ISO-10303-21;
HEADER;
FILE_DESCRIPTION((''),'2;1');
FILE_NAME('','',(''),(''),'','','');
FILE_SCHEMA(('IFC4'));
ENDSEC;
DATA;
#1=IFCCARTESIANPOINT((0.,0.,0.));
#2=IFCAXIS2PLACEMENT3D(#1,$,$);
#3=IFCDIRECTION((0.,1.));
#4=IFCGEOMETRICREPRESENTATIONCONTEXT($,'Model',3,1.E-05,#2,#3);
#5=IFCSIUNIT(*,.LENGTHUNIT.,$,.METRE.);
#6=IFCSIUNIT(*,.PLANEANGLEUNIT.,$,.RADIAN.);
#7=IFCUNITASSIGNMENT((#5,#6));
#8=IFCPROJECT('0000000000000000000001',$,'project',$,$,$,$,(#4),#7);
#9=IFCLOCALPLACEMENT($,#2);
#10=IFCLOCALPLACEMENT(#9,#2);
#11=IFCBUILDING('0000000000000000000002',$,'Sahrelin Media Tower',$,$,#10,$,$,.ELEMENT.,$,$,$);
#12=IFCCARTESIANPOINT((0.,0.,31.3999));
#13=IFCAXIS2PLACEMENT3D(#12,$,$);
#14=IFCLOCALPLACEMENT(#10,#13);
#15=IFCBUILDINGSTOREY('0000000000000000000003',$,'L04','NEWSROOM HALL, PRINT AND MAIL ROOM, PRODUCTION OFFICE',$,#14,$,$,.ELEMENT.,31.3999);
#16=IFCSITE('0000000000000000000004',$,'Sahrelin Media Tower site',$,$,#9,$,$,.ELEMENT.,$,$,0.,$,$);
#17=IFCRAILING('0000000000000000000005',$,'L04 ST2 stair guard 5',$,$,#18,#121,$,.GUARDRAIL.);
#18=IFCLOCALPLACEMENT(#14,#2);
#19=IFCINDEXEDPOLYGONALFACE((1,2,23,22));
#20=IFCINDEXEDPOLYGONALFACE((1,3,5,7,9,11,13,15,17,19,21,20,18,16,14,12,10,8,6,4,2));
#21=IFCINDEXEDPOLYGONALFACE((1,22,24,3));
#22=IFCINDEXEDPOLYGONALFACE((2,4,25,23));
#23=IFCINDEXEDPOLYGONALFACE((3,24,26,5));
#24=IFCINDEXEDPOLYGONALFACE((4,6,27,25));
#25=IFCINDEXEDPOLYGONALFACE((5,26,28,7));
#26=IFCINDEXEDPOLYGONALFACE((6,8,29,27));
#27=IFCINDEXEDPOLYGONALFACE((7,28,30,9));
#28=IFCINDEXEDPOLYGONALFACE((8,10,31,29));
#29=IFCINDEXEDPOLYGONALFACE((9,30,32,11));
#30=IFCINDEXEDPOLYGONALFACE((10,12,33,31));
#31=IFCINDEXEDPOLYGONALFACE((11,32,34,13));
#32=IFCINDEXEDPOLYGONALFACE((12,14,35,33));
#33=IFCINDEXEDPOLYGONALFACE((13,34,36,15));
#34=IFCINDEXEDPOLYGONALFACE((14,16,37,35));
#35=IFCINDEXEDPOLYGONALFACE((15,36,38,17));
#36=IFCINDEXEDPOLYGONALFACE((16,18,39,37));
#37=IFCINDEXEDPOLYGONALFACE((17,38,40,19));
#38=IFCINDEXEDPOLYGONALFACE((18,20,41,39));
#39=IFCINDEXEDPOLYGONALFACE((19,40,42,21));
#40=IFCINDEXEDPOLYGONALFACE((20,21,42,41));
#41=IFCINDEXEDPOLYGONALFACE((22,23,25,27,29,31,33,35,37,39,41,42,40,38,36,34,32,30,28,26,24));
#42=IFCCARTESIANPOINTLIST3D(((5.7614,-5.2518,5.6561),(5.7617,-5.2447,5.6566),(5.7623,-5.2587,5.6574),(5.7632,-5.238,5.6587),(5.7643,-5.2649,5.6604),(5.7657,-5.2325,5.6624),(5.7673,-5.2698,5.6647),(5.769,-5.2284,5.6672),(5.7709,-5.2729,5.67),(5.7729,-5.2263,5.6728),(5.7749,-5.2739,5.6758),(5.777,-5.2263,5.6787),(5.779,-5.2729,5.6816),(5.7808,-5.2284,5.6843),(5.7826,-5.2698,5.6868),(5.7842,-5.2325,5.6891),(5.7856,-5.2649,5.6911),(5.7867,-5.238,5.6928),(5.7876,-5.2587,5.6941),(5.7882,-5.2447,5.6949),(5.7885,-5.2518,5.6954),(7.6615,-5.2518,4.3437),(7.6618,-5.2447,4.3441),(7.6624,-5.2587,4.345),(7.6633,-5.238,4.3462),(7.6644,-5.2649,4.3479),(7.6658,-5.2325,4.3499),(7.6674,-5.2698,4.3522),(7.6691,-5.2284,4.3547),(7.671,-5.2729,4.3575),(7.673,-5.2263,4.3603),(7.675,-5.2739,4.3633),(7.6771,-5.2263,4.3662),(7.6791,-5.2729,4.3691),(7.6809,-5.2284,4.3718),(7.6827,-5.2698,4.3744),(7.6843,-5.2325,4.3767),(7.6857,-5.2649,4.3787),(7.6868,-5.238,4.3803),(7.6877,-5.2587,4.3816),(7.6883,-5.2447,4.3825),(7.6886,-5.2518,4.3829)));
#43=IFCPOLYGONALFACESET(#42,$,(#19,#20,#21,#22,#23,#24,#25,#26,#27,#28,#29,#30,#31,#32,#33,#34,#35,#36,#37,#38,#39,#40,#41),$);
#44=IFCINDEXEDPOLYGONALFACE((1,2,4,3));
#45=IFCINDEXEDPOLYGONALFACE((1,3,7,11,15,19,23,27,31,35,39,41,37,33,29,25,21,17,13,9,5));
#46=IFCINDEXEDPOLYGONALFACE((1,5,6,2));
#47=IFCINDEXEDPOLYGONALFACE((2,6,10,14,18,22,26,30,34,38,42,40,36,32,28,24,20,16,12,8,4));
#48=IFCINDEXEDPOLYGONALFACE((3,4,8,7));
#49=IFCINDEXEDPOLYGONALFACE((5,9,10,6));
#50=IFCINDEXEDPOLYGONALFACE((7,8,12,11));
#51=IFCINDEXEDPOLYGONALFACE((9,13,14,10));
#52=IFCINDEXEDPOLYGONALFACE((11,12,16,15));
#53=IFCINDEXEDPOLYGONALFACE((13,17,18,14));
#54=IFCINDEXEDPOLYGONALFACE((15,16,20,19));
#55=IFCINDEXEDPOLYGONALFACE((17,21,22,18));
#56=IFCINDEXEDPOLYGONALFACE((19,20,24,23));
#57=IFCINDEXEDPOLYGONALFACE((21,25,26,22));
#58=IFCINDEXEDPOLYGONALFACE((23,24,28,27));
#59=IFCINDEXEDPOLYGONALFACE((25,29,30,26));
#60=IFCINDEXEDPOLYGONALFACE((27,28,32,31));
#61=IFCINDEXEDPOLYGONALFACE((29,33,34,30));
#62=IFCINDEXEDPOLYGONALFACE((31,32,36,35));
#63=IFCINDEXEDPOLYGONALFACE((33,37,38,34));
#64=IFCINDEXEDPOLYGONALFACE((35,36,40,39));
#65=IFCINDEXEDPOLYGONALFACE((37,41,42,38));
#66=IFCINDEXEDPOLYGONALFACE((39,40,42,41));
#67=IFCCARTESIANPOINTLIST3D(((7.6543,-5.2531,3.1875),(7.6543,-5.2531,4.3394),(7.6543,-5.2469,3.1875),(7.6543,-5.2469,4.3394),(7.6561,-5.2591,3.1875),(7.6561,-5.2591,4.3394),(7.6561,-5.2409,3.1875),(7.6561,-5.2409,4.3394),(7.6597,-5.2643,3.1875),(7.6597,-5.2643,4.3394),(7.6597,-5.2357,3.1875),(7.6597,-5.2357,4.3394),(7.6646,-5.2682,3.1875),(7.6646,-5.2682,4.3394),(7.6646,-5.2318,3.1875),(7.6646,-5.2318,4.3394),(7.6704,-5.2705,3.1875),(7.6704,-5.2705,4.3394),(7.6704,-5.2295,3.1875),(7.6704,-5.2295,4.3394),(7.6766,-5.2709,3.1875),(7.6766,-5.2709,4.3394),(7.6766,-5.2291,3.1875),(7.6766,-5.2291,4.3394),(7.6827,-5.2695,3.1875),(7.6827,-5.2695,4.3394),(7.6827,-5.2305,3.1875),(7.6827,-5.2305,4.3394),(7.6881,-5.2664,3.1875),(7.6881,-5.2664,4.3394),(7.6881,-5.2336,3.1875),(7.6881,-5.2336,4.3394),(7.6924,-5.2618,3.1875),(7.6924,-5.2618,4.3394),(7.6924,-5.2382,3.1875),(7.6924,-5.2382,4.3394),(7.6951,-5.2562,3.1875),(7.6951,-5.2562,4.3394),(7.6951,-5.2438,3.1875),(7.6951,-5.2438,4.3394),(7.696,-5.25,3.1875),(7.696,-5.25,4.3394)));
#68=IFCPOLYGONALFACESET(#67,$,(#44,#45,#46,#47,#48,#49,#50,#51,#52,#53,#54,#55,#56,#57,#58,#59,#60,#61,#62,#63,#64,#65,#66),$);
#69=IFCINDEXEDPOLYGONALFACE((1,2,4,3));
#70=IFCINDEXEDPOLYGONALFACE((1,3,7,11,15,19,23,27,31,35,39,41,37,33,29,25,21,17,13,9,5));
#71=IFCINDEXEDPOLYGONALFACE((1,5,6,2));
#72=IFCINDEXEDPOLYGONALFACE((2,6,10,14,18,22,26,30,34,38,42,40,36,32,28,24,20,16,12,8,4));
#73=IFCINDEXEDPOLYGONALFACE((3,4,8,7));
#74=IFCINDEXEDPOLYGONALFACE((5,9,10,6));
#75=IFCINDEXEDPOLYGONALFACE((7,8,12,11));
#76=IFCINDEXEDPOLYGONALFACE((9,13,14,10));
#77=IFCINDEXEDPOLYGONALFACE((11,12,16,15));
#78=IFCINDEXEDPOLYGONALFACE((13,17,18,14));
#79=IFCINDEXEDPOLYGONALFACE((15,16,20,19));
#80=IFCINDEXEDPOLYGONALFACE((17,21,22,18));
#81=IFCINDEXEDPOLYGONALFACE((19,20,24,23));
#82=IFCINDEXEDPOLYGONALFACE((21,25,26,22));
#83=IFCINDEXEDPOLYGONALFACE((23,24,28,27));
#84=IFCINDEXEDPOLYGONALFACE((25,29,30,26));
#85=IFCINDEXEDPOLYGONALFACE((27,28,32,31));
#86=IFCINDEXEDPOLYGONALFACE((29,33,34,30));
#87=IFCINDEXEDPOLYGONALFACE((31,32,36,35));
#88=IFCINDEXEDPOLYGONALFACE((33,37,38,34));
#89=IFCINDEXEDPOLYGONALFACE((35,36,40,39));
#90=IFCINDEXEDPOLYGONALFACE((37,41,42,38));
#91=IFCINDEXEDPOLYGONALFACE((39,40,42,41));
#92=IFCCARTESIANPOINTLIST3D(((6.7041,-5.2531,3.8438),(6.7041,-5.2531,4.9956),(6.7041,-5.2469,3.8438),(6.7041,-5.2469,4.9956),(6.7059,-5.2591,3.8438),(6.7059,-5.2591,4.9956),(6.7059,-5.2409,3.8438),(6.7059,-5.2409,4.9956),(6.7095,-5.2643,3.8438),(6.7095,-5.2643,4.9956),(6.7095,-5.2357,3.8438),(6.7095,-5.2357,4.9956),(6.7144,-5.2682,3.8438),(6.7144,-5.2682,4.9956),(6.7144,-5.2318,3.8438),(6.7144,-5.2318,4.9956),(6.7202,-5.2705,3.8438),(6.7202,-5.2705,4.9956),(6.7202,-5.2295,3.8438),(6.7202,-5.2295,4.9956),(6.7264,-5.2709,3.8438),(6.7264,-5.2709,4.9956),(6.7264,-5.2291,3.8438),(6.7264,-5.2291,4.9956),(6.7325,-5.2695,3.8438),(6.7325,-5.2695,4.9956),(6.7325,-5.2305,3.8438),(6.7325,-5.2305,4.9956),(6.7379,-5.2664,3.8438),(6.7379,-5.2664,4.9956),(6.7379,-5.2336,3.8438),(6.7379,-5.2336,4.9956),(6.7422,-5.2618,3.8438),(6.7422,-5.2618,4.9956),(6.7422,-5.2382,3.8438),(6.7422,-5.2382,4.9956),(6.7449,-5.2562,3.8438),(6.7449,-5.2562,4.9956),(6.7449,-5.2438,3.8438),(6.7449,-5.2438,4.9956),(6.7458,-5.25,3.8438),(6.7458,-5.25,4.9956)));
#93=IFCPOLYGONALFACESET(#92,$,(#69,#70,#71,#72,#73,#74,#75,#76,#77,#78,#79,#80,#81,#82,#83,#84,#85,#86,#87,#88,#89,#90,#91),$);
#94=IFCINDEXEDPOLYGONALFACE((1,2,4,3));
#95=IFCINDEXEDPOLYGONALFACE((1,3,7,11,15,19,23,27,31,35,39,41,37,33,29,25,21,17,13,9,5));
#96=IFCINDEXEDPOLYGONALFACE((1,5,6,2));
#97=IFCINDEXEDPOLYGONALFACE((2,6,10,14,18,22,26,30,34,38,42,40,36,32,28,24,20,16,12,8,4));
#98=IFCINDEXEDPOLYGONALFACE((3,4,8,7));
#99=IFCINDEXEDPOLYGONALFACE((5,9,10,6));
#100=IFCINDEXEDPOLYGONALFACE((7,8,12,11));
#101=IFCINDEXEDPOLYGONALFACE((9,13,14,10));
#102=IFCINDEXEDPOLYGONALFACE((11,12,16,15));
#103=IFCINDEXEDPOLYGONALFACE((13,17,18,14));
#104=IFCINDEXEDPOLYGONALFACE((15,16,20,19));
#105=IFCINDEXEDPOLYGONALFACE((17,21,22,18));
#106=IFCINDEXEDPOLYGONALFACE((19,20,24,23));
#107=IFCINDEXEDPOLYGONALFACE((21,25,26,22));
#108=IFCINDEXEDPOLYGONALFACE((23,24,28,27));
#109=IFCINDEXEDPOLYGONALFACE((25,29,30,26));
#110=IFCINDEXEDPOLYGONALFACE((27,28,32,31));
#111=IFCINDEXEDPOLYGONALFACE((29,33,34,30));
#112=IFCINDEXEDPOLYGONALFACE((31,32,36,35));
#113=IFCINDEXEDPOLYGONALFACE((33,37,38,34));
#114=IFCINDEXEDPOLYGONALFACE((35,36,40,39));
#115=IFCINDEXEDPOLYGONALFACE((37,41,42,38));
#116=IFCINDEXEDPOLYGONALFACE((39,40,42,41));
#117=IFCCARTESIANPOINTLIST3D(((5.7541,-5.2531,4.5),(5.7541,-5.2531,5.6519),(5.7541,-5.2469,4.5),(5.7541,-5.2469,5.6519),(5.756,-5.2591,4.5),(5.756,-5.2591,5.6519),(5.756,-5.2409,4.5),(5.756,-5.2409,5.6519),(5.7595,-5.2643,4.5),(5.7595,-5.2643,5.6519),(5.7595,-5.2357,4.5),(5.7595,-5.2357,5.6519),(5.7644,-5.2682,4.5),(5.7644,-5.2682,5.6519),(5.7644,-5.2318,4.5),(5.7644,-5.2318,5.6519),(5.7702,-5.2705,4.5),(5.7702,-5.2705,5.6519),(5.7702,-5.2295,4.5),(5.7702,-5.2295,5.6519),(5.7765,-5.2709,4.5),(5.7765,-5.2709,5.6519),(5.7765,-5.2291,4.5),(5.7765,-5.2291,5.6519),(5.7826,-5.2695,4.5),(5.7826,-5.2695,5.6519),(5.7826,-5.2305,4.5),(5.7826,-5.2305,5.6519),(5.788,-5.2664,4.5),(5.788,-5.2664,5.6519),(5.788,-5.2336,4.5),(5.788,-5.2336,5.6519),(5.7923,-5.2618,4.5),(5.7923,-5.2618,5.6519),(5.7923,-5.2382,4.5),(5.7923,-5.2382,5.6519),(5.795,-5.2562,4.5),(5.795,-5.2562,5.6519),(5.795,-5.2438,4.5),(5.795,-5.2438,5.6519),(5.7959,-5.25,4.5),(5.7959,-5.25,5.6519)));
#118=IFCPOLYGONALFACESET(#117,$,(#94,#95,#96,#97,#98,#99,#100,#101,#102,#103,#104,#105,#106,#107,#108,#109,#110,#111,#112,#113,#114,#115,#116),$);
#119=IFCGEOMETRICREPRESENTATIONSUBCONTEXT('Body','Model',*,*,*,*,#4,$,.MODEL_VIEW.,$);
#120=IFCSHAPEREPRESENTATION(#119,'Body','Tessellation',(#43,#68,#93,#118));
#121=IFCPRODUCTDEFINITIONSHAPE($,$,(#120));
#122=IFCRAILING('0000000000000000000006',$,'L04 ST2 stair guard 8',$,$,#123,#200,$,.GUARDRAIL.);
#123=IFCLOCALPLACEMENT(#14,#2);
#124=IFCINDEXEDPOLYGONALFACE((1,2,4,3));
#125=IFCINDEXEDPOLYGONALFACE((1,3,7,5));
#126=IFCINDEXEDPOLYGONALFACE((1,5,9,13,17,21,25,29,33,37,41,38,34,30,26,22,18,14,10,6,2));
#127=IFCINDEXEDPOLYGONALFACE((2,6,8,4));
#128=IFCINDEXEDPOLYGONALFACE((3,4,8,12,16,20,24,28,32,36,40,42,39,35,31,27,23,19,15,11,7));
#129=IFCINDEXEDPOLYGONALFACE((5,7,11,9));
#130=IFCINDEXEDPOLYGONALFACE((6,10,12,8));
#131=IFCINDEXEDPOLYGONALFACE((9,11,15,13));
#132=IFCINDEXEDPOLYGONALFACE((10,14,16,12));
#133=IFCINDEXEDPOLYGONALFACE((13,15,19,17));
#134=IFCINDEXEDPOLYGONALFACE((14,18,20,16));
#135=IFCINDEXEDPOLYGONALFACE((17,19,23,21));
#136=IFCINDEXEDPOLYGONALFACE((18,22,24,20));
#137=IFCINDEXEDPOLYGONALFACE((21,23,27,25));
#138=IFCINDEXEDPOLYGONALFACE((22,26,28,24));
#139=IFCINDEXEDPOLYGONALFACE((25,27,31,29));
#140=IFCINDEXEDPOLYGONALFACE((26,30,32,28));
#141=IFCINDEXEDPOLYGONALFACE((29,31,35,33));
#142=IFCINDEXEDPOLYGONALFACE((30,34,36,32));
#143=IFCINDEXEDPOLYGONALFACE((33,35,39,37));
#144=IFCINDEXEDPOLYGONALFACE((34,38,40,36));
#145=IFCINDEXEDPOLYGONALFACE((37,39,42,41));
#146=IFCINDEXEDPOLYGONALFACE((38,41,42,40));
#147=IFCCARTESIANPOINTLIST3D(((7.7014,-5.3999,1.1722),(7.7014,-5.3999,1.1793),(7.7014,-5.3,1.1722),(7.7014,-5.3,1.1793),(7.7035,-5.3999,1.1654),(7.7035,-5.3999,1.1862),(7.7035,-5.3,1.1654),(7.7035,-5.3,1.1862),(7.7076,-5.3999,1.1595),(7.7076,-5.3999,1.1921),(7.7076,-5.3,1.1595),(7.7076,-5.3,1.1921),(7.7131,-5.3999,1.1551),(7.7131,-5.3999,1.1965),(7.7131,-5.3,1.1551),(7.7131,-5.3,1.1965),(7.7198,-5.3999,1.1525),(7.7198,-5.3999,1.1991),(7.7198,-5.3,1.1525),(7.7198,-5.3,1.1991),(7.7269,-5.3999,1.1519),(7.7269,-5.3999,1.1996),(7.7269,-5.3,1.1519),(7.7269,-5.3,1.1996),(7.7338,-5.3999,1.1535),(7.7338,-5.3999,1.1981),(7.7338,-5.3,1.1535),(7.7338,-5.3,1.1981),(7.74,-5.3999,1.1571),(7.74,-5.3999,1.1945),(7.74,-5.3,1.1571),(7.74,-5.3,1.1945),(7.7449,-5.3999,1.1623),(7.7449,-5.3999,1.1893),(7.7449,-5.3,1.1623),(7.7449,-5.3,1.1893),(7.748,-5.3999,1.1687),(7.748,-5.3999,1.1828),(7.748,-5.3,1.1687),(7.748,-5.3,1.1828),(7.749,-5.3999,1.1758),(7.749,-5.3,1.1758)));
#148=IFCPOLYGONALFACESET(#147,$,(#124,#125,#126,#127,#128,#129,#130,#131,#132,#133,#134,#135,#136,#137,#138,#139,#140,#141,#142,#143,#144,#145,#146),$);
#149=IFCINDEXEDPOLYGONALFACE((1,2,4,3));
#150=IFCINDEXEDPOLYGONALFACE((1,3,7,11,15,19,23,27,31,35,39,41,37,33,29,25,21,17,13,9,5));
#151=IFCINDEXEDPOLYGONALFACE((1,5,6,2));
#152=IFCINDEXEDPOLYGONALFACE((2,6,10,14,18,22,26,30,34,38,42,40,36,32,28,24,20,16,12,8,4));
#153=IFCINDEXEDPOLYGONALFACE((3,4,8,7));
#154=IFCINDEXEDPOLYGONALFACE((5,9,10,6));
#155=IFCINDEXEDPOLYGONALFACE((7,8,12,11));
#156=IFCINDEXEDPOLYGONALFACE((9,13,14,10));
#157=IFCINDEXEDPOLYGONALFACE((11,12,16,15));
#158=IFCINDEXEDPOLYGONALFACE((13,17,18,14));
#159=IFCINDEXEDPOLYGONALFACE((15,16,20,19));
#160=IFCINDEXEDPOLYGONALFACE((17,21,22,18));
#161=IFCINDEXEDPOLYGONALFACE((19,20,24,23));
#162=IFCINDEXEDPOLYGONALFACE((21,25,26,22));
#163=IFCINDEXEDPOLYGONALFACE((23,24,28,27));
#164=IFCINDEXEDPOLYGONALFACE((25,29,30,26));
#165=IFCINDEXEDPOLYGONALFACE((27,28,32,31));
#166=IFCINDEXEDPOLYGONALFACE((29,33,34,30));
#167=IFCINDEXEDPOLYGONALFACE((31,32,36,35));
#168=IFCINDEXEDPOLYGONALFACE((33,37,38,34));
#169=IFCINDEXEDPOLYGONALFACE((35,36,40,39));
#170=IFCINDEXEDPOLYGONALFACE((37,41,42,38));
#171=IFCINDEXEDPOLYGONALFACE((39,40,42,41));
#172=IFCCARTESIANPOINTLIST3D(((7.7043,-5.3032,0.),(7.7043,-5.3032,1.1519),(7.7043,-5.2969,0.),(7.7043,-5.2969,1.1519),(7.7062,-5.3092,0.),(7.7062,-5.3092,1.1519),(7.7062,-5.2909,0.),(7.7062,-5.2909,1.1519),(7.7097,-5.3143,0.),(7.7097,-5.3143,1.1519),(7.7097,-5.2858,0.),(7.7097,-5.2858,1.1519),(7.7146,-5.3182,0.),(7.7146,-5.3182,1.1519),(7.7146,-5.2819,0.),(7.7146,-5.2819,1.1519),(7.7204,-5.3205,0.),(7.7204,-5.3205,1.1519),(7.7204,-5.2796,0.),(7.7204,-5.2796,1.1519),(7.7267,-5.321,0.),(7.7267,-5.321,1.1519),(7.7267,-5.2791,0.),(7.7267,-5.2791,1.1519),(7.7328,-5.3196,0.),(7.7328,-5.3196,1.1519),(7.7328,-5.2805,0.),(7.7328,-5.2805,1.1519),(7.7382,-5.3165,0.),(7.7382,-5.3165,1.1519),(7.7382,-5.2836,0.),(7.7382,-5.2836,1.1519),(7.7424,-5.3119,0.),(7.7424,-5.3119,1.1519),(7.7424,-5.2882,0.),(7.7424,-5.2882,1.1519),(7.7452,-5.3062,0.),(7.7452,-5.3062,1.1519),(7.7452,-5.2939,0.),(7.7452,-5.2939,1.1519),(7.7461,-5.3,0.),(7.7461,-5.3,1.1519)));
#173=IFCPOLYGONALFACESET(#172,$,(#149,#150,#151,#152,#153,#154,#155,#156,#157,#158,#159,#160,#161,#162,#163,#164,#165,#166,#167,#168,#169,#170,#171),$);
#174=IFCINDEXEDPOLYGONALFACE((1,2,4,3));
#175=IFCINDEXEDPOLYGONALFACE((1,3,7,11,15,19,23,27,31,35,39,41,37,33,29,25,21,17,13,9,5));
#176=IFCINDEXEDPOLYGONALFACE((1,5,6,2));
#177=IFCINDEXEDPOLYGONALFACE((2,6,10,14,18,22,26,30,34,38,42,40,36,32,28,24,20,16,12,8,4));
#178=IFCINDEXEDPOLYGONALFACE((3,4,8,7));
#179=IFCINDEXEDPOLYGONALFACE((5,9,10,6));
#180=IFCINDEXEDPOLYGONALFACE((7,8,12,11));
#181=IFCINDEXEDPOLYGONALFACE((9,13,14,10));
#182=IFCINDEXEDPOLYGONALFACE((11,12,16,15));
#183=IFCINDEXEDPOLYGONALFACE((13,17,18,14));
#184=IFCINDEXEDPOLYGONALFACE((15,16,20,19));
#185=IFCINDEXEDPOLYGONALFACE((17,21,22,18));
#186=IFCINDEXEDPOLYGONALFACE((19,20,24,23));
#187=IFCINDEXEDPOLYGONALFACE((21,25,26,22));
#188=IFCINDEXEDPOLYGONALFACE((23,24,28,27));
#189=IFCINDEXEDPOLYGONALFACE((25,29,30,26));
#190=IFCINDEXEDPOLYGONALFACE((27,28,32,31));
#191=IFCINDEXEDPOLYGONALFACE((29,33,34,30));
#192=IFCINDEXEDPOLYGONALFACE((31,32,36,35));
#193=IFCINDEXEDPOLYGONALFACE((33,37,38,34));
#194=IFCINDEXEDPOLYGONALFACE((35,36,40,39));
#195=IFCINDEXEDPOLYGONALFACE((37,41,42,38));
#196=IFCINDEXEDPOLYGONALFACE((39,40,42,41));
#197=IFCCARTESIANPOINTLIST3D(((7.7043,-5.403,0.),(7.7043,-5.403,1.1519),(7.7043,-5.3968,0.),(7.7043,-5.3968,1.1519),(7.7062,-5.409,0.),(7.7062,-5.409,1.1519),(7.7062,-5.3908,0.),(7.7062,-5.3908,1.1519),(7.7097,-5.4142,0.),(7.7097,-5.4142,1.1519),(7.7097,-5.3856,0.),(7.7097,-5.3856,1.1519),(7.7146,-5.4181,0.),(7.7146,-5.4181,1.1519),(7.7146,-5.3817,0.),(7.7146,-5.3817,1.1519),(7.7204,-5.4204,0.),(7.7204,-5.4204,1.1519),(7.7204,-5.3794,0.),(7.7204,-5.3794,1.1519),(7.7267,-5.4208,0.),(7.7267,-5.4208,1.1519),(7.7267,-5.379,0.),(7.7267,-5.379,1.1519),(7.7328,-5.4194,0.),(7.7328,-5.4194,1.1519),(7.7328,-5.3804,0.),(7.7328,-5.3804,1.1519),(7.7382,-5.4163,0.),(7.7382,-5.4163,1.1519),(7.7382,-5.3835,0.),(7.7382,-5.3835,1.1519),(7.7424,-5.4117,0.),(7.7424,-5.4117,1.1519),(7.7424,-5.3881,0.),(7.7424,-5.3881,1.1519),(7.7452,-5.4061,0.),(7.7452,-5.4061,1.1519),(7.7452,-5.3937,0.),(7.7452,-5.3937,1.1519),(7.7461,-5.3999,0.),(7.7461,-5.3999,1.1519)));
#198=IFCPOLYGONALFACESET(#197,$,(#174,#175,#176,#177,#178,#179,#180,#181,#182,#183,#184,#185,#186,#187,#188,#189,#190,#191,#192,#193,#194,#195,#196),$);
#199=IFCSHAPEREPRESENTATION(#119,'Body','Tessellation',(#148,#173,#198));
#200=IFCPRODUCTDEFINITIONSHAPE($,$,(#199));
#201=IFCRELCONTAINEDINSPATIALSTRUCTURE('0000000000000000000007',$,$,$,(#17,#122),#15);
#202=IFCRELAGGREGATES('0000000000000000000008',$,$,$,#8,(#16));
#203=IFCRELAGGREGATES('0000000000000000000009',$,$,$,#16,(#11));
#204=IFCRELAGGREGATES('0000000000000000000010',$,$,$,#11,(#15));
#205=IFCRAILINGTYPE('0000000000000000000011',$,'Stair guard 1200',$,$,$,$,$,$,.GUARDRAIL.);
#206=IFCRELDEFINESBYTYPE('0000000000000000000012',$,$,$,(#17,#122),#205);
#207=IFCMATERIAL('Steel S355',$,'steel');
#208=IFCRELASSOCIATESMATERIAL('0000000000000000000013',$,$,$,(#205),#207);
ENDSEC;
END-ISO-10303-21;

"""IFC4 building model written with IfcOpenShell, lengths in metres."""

from ifc_helpers import new_model, si_unit, direction, frame, origin, origin_2d, place, context, subcontext, project, spatial, circle, extrude, material, type_object, element, save


model = new_model("IFC4")

# Units and contexts
model_context = context("Model", 3, precision=1e-05, world=origin(), true_north=direction((0.0, 1.0)))
body_context = subcontext(model_context, "Body", "Model", "MODEL_VIEW")
ifc_project = project(units=[si_unit("LENGTHUNIT", "METRE"), si_unit("PLANEANGLEUNIT", "RADIAN")], contexts=[model_context])

# Site, building, storey
site_placement = place(None, origin())
site = spatial("IfcSite", under=ifc_project, at=site_placement, Name="Sahrelin Media Tower site", CompositionType="ELEMENT", RefElevation=0.0)
building_placement = place(site_placement, origin())
building = spatial("IfcBuilding", under=site, at=building_placement, Name="Sahrelin Media Tower", CompositionType="ELEMENT")
storey_placement = place(building_placement, frame((0.0, 0.0, 31.3999)))
storey = spatial("IfcBuildingStorey", under=building, at=storey_placement, Name="L04", Description="NEWSROOM HALL, PRINT AND MAIL ROOM, PRODUCTION OFFICE", CompositionType="ELEMENT", Elevation=31.3999)

# Shared definitions
ifc_material_1 = material(Name="Steel S355", Category="steel")

# Railings
railing_type_1 = type_object("IfcRailingType", Name="Stair guard 1200", PredefinedType="GUARDRAIL", material=ifc_material_1)
railing_1_placement = place(storey_placement, frame((7.675, -5.25, 3.1875)))
element("IfcRailing", 1, at=railing_1_placement, inside=storey, type_object=railing_type_1, Name="L04 ST2 stair guard 5", PredefinedType="GUARDRAIL", context=body_context, shape_type="SweptSolid", body=[
    extrude(circle(Radius=0.0239, at=origin_2d()), frame((0.0, 0.0, 1.1758), z_axis=(-0.822797, 0.0, 0.568336), x_axis=(0.0, -1.0, 0.0)), (0.0, 0.0, 1.0), 2.3093),
    extrude(circle(Radius=0.021, at=origin_2d()), origin(), (0.0, 0.0, 1.0), 1.1519),
    extrude(circle(Radius=0.021, at=origin_2d()), frame((-0.9502, 0.0, 0.6562)), (0.0, 0.0, 1.0), 1.1519),
    extrude(circle(Radius=0.021, at=origin_2d()), frame((-1.9001, 0.0, 1.3125)), (0.0, 0.0, 1.0), 1.1519),
])
railing_2_placement = place(storey_placement, frame((7.7251, -5.3, 0.0)))
element("IfcRailing", 2, at=railing_2_placement, inside=storey, type_object=railing_type_1, Name="L04 ST2 stair guard 8", PredefinedType="GUARDRAIL", context=body_context, shape_type="SweptSolid", body=[
    extrude(circle(Radius=0.0239, at=origin_2d()), frame((0.0, 0.0, 1.1758), z_axis=(0.0, -1.0, 0.0), x_axis=(1.0, 0.0, 0.0)), (0.0, 0.0, 1.0), 0.0999),
    extrude(circle(Radius=0.021, at=origin_2d()), origin(), (0.0, 0.0, 1.0), 1.1519),
    extrude(circle(Radius=0.021, at=origin_2d()), frame((0.0, -0.0999, 0.0)), (0.0, 0.0, 1.0), 1.1519),
])

save(model, "model.ifc")
